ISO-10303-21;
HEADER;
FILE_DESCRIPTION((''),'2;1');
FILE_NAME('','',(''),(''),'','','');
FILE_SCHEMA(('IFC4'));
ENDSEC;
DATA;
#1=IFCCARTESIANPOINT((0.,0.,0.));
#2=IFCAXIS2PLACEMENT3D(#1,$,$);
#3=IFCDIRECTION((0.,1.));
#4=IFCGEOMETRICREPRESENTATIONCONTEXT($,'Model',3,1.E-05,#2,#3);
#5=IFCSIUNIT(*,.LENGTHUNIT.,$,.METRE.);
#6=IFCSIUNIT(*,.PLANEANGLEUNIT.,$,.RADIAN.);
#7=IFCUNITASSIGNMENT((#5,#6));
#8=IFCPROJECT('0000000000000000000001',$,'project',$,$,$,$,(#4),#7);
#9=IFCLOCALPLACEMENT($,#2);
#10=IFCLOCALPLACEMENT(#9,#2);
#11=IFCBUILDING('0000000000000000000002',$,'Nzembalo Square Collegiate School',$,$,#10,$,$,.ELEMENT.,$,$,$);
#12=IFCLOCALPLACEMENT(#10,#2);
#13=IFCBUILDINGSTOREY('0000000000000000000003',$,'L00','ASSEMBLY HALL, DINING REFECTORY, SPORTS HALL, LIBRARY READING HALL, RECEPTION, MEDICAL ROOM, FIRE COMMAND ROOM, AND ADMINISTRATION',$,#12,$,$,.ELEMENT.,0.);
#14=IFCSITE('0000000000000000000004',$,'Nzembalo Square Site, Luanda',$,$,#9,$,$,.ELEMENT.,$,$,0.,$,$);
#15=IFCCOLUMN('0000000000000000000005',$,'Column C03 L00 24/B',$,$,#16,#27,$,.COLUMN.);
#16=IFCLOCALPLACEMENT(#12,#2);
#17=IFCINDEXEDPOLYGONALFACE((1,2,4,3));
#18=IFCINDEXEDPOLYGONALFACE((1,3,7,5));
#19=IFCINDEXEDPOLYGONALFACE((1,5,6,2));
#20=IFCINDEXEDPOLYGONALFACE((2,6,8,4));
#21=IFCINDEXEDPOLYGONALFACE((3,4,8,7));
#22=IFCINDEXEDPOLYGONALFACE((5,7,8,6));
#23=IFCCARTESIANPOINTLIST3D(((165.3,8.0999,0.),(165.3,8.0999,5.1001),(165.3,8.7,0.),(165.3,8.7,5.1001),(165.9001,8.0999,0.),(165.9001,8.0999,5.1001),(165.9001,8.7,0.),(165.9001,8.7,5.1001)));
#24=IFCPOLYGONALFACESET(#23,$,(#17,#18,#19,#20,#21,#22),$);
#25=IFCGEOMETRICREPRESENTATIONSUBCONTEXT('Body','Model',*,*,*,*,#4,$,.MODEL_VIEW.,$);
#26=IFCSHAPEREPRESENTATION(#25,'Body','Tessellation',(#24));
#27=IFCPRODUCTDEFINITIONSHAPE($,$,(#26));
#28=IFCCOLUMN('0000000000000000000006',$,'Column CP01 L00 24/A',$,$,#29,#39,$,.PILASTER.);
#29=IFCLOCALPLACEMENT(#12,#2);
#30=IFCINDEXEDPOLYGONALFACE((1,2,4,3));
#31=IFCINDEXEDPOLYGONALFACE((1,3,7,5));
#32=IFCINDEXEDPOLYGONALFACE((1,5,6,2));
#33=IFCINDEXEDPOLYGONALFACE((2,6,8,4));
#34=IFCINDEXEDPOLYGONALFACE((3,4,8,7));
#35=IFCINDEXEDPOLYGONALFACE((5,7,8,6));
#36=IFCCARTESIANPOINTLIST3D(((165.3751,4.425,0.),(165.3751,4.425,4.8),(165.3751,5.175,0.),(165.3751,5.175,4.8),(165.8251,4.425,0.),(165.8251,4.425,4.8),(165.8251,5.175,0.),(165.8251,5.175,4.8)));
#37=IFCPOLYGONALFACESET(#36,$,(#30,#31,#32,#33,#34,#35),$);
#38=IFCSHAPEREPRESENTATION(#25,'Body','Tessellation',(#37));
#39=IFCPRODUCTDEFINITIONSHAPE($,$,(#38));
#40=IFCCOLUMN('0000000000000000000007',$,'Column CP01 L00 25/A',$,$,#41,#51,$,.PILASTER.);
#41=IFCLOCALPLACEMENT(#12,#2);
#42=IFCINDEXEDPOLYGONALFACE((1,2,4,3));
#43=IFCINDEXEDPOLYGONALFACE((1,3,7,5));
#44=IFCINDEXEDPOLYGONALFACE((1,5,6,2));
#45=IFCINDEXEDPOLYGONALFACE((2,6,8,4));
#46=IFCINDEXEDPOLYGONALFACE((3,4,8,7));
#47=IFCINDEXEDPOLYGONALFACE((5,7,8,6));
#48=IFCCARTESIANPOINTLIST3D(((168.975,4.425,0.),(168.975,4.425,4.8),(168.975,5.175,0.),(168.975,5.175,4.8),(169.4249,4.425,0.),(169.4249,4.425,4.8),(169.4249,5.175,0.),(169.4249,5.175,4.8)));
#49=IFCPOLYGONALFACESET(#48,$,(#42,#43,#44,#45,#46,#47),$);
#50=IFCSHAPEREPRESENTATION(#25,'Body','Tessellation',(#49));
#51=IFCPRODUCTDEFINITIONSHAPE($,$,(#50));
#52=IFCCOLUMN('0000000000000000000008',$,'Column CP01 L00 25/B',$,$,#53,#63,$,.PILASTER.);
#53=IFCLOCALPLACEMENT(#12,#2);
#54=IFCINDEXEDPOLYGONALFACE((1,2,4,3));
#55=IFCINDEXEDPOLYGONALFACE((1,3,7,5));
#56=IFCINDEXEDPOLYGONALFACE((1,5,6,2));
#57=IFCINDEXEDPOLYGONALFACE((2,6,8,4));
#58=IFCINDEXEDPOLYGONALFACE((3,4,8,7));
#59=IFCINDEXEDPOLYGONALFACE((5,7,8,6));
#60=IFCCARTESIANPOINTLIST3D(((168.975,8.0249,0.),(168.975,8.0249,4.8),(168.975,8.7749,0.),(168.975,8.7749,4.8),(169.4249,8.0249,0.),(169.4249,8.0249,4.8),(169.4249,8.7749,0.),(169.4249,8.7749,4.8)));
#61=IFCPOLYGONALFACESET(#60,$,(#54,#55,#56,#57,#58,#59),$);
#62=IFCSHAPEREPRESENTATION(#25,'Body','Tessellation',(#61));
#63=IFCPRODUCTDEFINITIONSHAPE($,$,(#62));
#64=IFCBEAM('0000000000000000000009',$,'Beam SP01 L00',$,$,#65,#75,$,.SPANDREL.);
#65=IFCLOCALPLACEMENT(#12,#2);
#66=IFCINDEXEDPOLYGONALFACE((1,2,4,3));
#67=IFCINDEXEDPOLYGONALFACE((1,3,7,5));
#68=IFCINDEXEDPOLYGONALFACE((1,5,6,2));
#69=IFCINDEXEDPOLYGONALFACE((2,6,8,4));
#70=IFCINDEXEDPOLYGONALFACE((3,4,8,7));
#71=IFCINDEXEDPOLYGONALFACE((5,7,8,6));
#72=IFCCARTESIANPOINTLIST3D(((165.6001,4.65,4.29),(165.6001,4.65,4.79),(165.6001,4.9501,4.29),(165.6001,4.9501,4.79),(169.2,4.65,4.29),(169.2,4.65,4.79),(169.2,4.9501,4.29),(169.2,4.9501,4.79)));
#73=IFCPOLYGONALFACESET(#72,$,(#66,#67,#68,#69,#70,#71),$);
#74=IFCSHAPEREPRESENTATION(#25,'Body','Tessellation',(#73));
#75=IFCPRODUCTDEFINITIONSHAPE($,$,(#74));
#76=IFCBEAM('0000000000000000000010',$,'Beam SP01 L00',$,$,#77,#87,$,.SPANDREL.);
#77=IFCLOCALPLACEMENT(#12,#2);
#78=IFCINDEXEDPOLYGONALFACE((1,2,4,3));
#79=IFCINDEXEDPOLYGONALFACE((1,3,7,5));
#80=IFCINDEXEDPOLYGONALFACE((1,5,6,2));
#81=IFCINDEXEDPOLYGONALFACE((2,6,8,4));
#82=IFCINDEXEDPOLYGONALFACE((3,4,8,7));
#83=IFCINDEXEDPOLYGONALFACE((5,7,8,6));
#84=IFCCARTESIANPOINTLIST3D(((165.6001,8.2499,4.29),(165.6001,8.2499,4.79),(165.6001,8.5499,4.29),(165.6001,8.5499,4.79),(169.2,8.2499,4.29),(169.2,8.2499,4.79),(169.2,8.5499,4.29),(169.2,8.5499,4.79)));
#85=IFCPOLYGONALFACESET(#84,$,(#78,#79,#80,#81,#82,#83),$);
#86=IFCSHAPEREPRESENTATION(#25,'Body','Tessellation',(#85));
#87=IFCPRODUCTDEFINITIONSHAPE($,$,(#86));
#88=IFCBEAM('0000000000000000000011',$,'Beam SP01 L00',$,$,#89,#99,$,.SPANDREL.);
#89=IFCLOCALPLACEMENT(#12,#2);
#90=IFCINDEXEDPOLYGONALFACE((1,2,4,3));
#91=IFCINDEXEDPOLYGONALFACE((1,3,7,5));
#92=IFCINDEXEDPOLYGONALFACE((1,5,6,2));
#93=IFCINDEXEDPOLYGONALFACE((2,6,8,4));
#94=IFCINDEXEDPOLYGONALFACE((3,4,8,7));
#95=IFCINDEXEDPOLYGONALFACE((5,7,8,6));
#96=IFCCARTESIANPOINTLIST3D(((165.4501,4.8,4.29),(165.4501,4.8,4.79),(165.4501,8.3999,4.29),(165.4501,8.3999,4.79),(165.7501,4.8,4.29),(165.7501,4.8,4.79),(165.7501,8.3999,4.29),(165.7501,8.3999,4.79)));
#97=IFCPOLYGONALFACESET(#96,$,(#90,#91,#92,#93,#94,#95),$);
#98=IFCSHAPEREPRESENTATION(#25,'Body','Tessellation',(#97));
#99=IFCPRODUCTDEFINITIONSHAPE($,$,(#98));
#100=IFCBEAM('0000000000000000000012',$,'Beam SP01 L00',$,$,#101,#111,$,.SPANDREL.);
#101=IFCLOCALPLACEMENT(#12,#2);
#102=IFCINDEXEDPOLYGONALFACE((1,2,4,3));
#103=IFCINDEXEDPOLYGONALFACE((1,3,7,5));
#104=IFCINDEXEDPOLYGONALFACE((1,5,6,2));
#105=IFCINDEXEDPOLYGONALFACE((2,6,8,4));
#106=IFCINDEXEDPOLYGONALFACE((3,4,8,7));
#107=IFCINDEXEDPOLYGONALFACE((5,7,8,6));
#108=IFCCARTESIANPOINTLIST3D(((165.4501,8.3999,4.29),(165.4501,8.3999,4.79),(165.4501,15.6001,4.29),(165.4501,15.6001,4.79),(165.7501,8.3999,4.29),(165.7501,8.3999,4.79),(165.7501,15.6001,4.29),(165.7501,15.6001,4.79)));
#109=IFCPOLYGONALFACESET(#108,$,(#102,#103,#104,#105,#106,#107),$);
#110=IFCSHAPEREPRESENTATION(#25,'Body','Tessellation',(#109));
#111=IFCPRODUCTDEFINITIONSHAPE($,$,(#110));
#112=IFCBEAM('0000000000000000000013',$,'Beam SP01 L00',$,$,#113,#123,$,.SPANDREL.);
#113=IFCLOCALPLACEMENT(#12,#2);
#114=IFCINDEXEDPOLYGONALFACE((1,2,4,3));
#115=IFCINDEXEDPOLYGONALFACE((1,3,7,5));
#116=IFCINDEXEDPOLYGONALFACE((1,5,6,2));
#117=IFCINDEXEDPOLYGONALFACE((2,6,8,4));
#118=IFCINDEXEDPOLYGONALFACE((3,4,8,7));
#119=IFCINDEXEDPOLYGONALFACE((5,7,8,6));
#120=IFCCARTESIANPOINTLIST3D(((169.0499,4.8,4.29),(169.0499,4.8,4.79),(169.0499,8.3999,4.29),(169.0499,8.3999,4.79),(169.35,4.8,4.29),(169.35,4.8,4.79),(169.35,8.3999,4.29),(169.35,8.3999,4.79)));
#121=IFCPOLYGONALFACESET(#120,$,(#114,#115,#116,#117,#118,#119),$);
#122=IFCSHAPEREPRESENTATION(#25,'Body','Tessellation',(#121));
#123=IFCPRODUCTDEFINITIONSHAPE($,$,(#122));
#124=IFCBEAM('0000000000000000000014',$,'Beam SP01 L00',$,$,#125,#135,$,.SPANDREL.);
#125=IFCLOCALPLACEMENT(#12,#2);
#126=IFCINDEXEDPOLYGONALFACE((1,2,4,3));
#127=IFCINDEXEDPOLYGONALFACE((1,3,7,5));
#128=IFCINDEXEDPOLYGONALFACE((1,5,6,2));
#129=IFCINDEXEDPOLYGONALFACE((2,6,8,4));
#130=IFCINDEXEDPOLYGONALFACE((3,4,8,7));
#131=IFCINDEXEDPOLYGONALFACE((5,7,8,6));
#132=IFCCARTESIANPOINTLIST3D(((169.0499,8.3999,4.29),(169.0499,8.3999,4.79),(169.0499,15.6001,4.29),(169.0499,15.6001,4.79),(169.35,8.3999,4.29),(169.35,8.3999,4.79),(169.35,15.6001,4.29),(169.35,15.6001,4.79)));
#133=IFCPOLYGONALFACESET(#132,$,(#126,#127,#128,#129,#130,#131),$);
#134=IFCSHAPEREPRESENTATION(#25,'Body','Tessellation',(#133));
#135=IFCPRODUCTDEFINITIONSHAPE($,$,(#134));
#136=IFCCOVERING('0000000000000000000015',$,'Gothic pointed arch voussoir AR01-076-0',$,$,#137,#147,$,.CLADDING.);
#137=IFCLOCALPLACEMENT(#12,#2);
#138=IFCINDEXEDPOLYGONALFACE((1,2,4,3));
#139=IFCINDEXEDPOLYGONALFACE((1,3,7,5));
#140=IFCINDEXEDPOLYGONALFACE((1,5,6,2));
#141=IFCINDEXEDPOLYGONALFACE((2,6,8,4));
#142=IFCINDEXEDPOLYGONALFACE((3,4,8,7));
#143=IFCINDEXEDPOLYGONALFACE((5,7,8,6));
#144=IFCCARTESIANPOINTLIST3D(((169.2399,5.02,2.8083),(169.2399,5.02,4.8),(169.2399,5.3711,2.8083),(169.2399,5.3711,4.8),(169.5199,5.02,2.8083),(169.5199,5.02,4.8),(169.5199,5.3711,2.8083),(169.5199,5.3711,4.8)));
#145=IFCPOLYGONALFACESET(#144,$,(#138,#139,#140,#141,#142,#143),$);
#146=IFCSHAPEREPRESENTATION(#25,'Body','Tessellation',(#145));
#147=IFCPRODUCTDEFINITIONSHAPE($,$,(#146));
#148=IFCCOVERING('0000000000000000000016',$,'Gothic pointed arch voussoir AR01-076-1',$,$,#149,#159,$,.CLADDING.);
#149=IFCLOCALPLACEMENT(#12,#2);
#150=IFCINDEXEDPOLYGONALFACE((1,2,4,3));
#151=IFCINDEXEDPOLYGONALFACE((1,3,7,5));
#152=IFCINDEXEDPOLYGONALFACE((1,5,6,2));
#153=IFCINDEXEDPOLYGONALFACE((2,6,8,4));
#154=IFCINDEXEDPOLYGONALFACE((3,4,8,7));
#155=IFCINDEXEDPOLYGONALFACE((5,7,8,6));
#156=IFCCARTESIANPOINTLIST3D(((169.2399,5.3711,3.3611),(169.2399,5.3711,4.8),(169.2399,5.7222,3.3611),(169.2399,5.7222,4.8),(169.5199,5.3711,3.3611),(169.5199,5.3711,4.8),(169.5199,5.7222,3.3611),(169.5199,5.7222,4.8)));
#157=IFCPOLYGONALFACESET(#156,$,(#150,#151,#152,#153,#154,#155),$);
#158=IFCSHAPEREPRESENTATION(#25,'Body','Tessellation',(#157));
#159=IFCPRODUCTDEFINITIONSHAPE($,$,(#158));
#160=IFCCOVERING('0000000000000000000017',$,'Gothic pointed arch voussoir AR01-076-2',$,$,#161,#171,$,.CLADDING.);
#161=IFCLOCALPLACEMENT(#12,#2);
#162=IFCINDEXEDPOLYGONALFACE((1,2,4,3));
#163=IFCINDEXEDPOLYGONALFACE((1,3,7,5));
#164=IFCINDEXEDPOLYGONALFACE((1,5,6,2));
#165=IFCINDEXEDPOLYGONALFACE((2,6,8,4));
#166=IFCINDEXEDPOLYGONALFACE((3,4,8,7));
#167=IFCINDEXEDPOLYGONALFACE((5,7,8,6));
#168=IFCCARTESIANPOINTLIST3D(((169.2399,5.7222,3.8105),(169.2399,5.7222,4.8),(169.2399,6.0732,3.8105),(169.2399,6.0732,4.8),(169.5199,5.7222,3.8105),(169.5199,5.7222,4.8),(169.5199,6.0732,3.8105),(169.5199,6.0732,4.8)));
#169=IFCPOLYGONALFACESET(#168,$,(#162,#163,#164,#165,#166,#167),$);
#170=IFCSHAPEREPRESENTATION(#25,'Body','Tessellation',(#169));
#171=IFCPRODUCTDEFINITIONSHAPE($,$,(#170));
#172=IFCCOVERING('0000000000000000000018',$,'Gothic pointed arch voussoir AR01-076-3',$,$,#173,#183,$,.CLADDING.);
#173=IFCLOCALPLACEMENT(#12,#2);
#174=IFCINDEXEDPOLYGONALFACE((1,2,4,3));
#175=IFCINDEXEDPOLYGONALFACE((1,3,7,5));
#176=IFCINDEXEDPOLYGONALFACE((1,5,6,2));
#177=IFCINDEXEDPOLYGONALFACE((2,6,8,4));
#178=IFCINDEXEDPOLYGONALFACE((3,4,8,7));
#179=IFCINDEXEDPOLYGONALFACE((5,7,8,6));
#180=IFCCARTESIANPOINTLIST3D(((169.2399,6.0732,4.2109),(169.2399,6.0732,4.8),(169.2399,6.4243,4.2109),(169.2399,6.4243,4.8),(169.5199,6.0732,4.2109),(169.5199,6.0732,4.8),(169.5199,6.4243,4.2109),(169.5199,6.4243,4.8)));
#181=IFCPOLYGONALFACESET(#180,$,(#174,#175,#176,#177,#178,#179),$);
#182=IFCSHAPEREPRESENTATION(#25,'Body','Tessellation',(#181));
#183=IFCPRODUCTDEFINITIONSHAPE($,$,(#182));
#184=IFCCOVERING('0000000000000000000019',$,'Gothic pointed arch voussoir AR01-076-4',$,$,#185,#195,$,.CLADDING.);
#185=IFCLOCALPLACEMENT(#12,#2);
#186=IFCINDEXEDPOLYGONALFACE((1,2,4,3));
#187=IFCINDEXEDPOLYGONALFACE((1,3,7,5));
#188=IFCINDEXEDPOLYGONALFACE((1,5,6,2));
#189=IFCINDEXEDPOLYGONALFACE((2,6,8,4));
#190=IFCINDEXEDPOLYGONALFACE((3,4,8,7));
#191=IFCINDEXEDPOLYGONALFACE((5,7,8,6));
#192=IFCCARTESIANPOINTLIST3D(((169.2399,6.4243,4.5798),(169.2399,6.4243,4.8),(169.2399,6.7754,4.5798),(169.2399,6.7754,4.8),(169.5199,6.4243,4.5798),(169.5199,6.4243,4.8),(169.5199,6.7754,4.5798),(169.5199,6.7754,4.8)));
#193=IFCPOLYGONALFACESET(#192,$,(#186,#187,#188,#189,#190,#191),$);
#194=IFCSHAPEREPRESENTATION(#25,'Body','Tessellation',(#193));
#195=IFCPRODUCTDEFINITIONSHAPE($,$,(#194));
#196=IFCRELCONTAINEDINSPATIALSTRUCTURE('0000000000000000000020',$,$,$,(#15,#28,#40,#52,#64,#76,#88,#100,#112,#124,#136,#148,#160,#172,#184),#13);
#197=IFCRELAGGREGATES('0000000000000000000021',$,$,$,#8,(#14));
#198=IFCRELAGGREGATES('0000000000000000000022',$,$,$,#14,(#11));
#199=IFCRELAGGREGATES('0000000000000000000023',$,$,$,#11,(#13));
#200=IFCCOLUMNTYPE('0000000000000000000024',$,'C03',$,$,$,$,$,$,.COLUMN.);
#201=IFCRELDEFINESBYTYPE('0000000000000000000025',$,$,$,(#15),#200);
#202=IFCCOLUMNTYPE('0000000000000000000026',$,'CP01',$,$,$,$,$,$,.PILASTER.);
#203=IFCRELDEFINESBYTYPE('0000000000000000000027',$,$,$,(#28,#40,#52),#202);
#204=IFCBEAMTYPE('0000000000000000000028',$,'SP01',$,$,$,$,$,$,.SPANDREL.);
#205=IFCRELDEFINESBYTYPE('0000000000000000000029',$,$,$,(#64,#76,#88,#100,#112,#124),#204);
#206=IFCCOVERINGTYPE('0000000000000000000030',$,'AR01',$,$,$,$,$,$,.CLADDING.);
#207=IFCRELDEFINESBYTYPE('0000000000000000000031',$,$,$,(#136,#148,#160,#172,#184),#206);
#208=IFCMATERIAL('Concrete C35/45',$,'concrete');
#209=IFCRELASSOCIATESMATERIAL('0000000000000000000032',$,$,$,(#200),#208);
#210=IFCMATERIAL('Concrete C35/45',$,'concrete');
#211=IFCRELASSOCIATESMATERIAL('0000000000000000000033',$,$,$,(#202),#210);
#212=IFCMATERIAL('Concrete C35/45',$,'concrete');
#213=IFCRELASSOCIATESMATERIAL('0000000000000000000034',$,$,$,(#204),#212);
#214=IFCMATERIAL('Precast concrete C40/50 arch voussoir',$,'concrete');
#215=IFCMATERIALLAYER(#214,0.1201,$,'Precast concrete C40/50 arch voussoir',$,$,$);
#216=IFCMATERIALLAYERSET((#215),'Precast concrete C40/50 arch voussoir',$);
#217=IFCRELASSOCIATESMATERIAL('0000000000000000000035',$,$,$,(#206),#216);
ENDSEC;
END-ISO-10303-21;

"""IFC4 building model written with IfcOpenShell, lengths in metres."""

from ifc_helpers import new_model, si_unit, direction, frame, origin, origin_2d, place, context, subcontext, project, spatial, rectangle, extrude, material, layer, layer_set, material_profile, profile_set, type_object, element, save


model = new_model("IFC4")

# Units and contexts
model_context = context("Model", 3, precision=1e-05, world=origin(), true_north=direction((0.0, 1.0)))
body_context = subcontext(model_context, "Body", "Model", "MODEL_VIEW")
ifc_project = project(units=[si_unit("LENGTHUNIT", "METRE"), si_unit("PLANEANGLEUNIT", "RADIAN")], contexts=[model_context])

# Site, building, storey
site_placement = place(None, origin())
site = spatial("IfcSite", under=ifc_project, at=site_placement, Name="Nzembalo Square Site, Luanda", CompositionType="ELEMENT", RefElevation=0.0)
building_placement = place(site_placement, origin())
building = spatial("IfcBuilding", under=site, at=building_placement, Name="Nzembalo Square Collegiate School", CompositionType="ELEMENT")
storey_placement = place(building_placement, origin())
storey = spatial("IfcBuildingStorey", under=building, at=storey_placement, Name="L00", Description="ASSEMBLY HALL, DINING REFECTORY, SPORTS HALL, LIBRARY READING HALL, RECEPTION, MEDICAL ROOM, FIRE COMMAND ROOM, AND ADMINISTRATION", CompositionType="ELEMENT", Elevation=0.0)

# Columns
ifc_material_1 = material(Name="Concrete C35/45", Category="concrete")
ifc_material_profile_1 = material_profile(ifc_material_1, rectangle(XDim=0.6001, YDim=0.6001, at=origin_2d()), Name="RC 600x600")
ifc_profile_set_1 = profile_set([ifc_material_profile_1], Name="Concrete C35/45")
column_type_1 = type_object("IfcColumnType", Name="C03", PredefinedType="COLUMN", material=ifc_profile_set_1)
column_placement = place(storey_placement, frame((165.6001, 8.3999, 0.0), z_axis=(0.0, 0.0, 1.0), x_axis=(1.0, 0.0, 0.0)))
element("IfcColumn", 1, at=column_placement, inside=storey, type_object=column_type_1, Name="Column C03 L00 24/B", PredefinedType="COLUMN", context=body_context, shape_type="SweptSolid", body=[
    extrude(rectangle(XDim=0.6001, YDim=0.6001, at=origin_2d()), origin(), (0.0, 0.0, 1.0), 5.1001),
])
ifc_material_2 = material(Name="Concrete C35/45", Category="concrete")
ifc_material_profile_2 = material_profile(ifc_material_2, rectangle(XDim=0.45, YDim=0.75, at=origin_2d()), Name="RC 450x750")
ifc_profile_set_2 = profile_set([ifc_material_profile_2], Name="Concrete C35/45")
column_type_2 = type_object("IfcColumnType", Name="CP01", PredefinedType="PILASTER", material=ifc_profile_set_2)
for number, where, z_axis, x_axis, name in (
    (2, (165.6001, 4.8, 0.0), (0.0, 0.0, 1.0), (1.0, 0.0, 0.0), "Column CP01 L00 24/A"),
    (3, (169.2, 4.8, 0.0), (0.0, 0.0, 1.0), (1.0, 0.0, 0.0), "Column CP01 L00 25/A"),
    (4, (169.2, 8.3999, 0.0), (0.0, 0.0, 1.0), (1.0, 0.0, 0.0), "Column CP01 L00 25/B"),
):
    element("IfcColumn", number, at=place(storey_placement, frame(where, z_axis=z_axis, x_axis=x_axis)), inside=storey, type_object=column_type_2, Name=name, PredefinedType="PILASTER", context=body_context, shape_type="SweptSolid", body=[
        extrude(rectangle(XDim=0.45, YDim=0.75, at=origin_2d()), origin(), (0.0, 0.0, 1.0), 4.8),
    ])

# Beams
ifc_material_3 = material(Name="Concrete C35/45", Category="concrete")
ifc_material_profile_3 = material_profile(ifc_material_3, rectangle(XDim=0.3, YDim=0.5, at=origin_2d()), Name="RC 300x500")
ifc_profile_set_3 = profile_set([ifc_material_profile_3], Name="Concrete C35/45")
beam_type = type_object("IfcBeamType", Name="SP01", PredefinedType="SPANDREL", material=ifc_profile_set_3)
for number, where, z_axis, x_axis, name in (
    (5, (165.6001, 4.8, 4.54), (1.0, 0.0, 0.0), (0.0, 1.0, 0.0), "Beam SP01 L00"),
    (6, (165.6001, 8.3999, 4.54), (1.0, 0.0, 0.0), (0.0, 1.0, 0.0), "Beam SP01 L00"),
    (7, (165.6001, 4.8, 4.54), (0.0, 1.0, 0.0), (-1.0, 0.0, 0.0), "Beam SP01 L00"),
):
    element("IfcBeam", number, at=place(storey_placement, frame(where, z_axis=z_axis, x_axis=x_axis)), inside=storey, type_object=beam_type, Name=name, PredefinedType="SPANDREL", context=body_context, shape_type="SweptSolid", body=[
        extrude(rectangle(XDim=0.3, YDim=0.5, at=origin_2d()), origin(), (0.0, 0.0, 1.0), 3.5999),
    ])
beam_1_placement = place(storey_placement, frame((165.6001, 8.3999, 4.54), z_axis=(0.0, 1.0, 0.0), x_axis=(-1.0, 0.0, 0.0)))
element("IfcBeam", 8, at=beam_1_placement, inside=storey, type_object=beam_type, Name="Beam SP01 L00", PredefinedType="SPANDREL", context=body_context, shape_type="SweptSolid", body=[
    extrude(rectangle(XDim=0.3, YDim=0.5, at=origin_2d()), origin(), (0.0, 0.0, 1.0), 7.2002),
])
beam_2_placement = place(storey_placement, frame((169.2, 4.8, 4.54), z_axis=(0.0, 1.0, 0.0), x_axis=(-1.0, 0.0, 0.0)))
element("IfcBeam", 9, at=beam_2_placement, inside=storey, type_object=beam_type, Name="Beam SP01 L00", PredefinedType="SPANDREL", context=body_context, shape_type="SweptSolid", body=[
    extrude(rectangle(XDim=0.3, YDim=0.5, at=origin_2d()), origin(), (0.0, 0.0, 1.0), 3.5999),
])
beam_3_placement = place(storey_placement, frame((169.2, 8.3999, 4.54), z_axis=(0.0, 1.0, 0.0), x_axis=(-1.0, 0.0, 0.0)))
element("IfcBeam", 10, at=beam_3_placement, inside=storey, type_object=beam_type, Name="Beam SP01 L00", PredefinedType="SPANDREL", context=body_context, shape_type="SweptSolid", body=[
    extrude(rectangle(XDim=0.3, YDim=0.5, at=origin_2d()), origin(), (0.0, 0.0, 1.0), 7.2002),
])

# Coverings
ifc_material_4 = material(Name="Precast concrete C40/50 arch voussoir", Category="concrete")
ifc_layer_1 = layer(ifc_material_4, 0.1201, Name="Precast concrete C40/50 arch voussoir")
ifc_layer_set_1 = layer_set([ifc_layer_1], Name="Precast concrete C40/50 arch voussoir")
covering_type_1 = type_object("IfcCoveringType", Name="AR01", PredefinedType="CLADDING", material=ifc_layer_set_1)
covering_1_placement = place(storey_placement, frame((169.3799, 5.1956, 2.8083), z_axis=(0.0, 0.0, 1.0), x_axis=(1.0, 0.0, 0.0)))
element("IfcCovering", 11, at=covering_1_placement, inside=storey, type_object=covering_type_1, Name="Gothic pointed arch voussoir AR01-076-0", PredefinedType="CLADDING", context=body_context, shape_type="SweptSolid", body=[
    extrude(rectangle(XDim=0.28, YDim=0.3511, at=origin_2d()), origin(), (0.0, 0.0, 1.0), 1.9917),
])
covering_2_placement = place(storey_placement, frame((169.3799, 5.5466, 3.3611), z_axis=(0.0, 0.0, 1.0), x_axis=(1.0, 0.0, 0.0)))
element("IfcCovering", 12, at=covering_2_placement, inside=storey, type_object=covering_type_1, Name="Gothic pointed arch voussoir AR01-076-1", PredefinedType="CLADDING", context=body_context, shape_type="SweptSolid", body=[
    extrude(rectangle(XDim=0.28, YDim=0.3511, at=origin_2d()), origin(), (0.0, 0.0, 1.0), 1.439),
])
covering_3_placement = place(storey_placement, frame((169.3799, 5.8977, 3.8105), z_axis=(0.0, 0.0, 1.0), x_axis=(1.0, 0.0, 0.0)))
element("IfcCovering", 13, at=covering_3_placement, inside=storey, type_object=covering_type_1, Name="Gothic pointed arch voussoir AR01-076-2", PredefinedType="CLADDING", context=body_context, shape_type="SweptSolid", body=[
    extrude(rectangle(XDim=0.28, YDim=0.3511, at=origin_2d()), origin(), (0.0, 0.0, 1.0), 0.9895),
])
covering_4_placement = place(storey_placement, frame((169.3799, 6.2488, 4.2109), z_axis=(0.0, 0.0, 1.0), x_axis=(1.0, 0.0, 0.0)))
element("IfcCovering", 14, at=covering_4_placement, inside=storey, type_object=covering_type_1, Name="Gothic pointed arch voussoir AR01-076-3", PredefinedType="CLADDING", context=body_context, shape_type="SweptSolid", body=[
    extrude(rectangle(XDim=0.28, YDim=0.3511, at=origin_2d()), origin(), (0.0, 0.0, 1.0), 0.5891),
])
covering_5_placement = place(storey_placement, frame((169.3799, 6.5999, 4.5798), z_axis=(0.0, 0.0, 1.0), x_axis=(1.0, 0.0, 0.0)))
element("IfcCovering", 15, at=covering_5_placement, inside=storey, type_object=covering_type_1, Name="Gothic pointed arch voussoir AR01-076-4", PredefinedType="CLADDING", context=body_context, shape_type="SweptSolid", body=[
    extrude(rectangle(XDim=0.28, YDim=0.3511, at=origin_2d()), origin(), (0.0, 0.0, 1.0), 0.2202),
])

save(model, "model.ifc")
